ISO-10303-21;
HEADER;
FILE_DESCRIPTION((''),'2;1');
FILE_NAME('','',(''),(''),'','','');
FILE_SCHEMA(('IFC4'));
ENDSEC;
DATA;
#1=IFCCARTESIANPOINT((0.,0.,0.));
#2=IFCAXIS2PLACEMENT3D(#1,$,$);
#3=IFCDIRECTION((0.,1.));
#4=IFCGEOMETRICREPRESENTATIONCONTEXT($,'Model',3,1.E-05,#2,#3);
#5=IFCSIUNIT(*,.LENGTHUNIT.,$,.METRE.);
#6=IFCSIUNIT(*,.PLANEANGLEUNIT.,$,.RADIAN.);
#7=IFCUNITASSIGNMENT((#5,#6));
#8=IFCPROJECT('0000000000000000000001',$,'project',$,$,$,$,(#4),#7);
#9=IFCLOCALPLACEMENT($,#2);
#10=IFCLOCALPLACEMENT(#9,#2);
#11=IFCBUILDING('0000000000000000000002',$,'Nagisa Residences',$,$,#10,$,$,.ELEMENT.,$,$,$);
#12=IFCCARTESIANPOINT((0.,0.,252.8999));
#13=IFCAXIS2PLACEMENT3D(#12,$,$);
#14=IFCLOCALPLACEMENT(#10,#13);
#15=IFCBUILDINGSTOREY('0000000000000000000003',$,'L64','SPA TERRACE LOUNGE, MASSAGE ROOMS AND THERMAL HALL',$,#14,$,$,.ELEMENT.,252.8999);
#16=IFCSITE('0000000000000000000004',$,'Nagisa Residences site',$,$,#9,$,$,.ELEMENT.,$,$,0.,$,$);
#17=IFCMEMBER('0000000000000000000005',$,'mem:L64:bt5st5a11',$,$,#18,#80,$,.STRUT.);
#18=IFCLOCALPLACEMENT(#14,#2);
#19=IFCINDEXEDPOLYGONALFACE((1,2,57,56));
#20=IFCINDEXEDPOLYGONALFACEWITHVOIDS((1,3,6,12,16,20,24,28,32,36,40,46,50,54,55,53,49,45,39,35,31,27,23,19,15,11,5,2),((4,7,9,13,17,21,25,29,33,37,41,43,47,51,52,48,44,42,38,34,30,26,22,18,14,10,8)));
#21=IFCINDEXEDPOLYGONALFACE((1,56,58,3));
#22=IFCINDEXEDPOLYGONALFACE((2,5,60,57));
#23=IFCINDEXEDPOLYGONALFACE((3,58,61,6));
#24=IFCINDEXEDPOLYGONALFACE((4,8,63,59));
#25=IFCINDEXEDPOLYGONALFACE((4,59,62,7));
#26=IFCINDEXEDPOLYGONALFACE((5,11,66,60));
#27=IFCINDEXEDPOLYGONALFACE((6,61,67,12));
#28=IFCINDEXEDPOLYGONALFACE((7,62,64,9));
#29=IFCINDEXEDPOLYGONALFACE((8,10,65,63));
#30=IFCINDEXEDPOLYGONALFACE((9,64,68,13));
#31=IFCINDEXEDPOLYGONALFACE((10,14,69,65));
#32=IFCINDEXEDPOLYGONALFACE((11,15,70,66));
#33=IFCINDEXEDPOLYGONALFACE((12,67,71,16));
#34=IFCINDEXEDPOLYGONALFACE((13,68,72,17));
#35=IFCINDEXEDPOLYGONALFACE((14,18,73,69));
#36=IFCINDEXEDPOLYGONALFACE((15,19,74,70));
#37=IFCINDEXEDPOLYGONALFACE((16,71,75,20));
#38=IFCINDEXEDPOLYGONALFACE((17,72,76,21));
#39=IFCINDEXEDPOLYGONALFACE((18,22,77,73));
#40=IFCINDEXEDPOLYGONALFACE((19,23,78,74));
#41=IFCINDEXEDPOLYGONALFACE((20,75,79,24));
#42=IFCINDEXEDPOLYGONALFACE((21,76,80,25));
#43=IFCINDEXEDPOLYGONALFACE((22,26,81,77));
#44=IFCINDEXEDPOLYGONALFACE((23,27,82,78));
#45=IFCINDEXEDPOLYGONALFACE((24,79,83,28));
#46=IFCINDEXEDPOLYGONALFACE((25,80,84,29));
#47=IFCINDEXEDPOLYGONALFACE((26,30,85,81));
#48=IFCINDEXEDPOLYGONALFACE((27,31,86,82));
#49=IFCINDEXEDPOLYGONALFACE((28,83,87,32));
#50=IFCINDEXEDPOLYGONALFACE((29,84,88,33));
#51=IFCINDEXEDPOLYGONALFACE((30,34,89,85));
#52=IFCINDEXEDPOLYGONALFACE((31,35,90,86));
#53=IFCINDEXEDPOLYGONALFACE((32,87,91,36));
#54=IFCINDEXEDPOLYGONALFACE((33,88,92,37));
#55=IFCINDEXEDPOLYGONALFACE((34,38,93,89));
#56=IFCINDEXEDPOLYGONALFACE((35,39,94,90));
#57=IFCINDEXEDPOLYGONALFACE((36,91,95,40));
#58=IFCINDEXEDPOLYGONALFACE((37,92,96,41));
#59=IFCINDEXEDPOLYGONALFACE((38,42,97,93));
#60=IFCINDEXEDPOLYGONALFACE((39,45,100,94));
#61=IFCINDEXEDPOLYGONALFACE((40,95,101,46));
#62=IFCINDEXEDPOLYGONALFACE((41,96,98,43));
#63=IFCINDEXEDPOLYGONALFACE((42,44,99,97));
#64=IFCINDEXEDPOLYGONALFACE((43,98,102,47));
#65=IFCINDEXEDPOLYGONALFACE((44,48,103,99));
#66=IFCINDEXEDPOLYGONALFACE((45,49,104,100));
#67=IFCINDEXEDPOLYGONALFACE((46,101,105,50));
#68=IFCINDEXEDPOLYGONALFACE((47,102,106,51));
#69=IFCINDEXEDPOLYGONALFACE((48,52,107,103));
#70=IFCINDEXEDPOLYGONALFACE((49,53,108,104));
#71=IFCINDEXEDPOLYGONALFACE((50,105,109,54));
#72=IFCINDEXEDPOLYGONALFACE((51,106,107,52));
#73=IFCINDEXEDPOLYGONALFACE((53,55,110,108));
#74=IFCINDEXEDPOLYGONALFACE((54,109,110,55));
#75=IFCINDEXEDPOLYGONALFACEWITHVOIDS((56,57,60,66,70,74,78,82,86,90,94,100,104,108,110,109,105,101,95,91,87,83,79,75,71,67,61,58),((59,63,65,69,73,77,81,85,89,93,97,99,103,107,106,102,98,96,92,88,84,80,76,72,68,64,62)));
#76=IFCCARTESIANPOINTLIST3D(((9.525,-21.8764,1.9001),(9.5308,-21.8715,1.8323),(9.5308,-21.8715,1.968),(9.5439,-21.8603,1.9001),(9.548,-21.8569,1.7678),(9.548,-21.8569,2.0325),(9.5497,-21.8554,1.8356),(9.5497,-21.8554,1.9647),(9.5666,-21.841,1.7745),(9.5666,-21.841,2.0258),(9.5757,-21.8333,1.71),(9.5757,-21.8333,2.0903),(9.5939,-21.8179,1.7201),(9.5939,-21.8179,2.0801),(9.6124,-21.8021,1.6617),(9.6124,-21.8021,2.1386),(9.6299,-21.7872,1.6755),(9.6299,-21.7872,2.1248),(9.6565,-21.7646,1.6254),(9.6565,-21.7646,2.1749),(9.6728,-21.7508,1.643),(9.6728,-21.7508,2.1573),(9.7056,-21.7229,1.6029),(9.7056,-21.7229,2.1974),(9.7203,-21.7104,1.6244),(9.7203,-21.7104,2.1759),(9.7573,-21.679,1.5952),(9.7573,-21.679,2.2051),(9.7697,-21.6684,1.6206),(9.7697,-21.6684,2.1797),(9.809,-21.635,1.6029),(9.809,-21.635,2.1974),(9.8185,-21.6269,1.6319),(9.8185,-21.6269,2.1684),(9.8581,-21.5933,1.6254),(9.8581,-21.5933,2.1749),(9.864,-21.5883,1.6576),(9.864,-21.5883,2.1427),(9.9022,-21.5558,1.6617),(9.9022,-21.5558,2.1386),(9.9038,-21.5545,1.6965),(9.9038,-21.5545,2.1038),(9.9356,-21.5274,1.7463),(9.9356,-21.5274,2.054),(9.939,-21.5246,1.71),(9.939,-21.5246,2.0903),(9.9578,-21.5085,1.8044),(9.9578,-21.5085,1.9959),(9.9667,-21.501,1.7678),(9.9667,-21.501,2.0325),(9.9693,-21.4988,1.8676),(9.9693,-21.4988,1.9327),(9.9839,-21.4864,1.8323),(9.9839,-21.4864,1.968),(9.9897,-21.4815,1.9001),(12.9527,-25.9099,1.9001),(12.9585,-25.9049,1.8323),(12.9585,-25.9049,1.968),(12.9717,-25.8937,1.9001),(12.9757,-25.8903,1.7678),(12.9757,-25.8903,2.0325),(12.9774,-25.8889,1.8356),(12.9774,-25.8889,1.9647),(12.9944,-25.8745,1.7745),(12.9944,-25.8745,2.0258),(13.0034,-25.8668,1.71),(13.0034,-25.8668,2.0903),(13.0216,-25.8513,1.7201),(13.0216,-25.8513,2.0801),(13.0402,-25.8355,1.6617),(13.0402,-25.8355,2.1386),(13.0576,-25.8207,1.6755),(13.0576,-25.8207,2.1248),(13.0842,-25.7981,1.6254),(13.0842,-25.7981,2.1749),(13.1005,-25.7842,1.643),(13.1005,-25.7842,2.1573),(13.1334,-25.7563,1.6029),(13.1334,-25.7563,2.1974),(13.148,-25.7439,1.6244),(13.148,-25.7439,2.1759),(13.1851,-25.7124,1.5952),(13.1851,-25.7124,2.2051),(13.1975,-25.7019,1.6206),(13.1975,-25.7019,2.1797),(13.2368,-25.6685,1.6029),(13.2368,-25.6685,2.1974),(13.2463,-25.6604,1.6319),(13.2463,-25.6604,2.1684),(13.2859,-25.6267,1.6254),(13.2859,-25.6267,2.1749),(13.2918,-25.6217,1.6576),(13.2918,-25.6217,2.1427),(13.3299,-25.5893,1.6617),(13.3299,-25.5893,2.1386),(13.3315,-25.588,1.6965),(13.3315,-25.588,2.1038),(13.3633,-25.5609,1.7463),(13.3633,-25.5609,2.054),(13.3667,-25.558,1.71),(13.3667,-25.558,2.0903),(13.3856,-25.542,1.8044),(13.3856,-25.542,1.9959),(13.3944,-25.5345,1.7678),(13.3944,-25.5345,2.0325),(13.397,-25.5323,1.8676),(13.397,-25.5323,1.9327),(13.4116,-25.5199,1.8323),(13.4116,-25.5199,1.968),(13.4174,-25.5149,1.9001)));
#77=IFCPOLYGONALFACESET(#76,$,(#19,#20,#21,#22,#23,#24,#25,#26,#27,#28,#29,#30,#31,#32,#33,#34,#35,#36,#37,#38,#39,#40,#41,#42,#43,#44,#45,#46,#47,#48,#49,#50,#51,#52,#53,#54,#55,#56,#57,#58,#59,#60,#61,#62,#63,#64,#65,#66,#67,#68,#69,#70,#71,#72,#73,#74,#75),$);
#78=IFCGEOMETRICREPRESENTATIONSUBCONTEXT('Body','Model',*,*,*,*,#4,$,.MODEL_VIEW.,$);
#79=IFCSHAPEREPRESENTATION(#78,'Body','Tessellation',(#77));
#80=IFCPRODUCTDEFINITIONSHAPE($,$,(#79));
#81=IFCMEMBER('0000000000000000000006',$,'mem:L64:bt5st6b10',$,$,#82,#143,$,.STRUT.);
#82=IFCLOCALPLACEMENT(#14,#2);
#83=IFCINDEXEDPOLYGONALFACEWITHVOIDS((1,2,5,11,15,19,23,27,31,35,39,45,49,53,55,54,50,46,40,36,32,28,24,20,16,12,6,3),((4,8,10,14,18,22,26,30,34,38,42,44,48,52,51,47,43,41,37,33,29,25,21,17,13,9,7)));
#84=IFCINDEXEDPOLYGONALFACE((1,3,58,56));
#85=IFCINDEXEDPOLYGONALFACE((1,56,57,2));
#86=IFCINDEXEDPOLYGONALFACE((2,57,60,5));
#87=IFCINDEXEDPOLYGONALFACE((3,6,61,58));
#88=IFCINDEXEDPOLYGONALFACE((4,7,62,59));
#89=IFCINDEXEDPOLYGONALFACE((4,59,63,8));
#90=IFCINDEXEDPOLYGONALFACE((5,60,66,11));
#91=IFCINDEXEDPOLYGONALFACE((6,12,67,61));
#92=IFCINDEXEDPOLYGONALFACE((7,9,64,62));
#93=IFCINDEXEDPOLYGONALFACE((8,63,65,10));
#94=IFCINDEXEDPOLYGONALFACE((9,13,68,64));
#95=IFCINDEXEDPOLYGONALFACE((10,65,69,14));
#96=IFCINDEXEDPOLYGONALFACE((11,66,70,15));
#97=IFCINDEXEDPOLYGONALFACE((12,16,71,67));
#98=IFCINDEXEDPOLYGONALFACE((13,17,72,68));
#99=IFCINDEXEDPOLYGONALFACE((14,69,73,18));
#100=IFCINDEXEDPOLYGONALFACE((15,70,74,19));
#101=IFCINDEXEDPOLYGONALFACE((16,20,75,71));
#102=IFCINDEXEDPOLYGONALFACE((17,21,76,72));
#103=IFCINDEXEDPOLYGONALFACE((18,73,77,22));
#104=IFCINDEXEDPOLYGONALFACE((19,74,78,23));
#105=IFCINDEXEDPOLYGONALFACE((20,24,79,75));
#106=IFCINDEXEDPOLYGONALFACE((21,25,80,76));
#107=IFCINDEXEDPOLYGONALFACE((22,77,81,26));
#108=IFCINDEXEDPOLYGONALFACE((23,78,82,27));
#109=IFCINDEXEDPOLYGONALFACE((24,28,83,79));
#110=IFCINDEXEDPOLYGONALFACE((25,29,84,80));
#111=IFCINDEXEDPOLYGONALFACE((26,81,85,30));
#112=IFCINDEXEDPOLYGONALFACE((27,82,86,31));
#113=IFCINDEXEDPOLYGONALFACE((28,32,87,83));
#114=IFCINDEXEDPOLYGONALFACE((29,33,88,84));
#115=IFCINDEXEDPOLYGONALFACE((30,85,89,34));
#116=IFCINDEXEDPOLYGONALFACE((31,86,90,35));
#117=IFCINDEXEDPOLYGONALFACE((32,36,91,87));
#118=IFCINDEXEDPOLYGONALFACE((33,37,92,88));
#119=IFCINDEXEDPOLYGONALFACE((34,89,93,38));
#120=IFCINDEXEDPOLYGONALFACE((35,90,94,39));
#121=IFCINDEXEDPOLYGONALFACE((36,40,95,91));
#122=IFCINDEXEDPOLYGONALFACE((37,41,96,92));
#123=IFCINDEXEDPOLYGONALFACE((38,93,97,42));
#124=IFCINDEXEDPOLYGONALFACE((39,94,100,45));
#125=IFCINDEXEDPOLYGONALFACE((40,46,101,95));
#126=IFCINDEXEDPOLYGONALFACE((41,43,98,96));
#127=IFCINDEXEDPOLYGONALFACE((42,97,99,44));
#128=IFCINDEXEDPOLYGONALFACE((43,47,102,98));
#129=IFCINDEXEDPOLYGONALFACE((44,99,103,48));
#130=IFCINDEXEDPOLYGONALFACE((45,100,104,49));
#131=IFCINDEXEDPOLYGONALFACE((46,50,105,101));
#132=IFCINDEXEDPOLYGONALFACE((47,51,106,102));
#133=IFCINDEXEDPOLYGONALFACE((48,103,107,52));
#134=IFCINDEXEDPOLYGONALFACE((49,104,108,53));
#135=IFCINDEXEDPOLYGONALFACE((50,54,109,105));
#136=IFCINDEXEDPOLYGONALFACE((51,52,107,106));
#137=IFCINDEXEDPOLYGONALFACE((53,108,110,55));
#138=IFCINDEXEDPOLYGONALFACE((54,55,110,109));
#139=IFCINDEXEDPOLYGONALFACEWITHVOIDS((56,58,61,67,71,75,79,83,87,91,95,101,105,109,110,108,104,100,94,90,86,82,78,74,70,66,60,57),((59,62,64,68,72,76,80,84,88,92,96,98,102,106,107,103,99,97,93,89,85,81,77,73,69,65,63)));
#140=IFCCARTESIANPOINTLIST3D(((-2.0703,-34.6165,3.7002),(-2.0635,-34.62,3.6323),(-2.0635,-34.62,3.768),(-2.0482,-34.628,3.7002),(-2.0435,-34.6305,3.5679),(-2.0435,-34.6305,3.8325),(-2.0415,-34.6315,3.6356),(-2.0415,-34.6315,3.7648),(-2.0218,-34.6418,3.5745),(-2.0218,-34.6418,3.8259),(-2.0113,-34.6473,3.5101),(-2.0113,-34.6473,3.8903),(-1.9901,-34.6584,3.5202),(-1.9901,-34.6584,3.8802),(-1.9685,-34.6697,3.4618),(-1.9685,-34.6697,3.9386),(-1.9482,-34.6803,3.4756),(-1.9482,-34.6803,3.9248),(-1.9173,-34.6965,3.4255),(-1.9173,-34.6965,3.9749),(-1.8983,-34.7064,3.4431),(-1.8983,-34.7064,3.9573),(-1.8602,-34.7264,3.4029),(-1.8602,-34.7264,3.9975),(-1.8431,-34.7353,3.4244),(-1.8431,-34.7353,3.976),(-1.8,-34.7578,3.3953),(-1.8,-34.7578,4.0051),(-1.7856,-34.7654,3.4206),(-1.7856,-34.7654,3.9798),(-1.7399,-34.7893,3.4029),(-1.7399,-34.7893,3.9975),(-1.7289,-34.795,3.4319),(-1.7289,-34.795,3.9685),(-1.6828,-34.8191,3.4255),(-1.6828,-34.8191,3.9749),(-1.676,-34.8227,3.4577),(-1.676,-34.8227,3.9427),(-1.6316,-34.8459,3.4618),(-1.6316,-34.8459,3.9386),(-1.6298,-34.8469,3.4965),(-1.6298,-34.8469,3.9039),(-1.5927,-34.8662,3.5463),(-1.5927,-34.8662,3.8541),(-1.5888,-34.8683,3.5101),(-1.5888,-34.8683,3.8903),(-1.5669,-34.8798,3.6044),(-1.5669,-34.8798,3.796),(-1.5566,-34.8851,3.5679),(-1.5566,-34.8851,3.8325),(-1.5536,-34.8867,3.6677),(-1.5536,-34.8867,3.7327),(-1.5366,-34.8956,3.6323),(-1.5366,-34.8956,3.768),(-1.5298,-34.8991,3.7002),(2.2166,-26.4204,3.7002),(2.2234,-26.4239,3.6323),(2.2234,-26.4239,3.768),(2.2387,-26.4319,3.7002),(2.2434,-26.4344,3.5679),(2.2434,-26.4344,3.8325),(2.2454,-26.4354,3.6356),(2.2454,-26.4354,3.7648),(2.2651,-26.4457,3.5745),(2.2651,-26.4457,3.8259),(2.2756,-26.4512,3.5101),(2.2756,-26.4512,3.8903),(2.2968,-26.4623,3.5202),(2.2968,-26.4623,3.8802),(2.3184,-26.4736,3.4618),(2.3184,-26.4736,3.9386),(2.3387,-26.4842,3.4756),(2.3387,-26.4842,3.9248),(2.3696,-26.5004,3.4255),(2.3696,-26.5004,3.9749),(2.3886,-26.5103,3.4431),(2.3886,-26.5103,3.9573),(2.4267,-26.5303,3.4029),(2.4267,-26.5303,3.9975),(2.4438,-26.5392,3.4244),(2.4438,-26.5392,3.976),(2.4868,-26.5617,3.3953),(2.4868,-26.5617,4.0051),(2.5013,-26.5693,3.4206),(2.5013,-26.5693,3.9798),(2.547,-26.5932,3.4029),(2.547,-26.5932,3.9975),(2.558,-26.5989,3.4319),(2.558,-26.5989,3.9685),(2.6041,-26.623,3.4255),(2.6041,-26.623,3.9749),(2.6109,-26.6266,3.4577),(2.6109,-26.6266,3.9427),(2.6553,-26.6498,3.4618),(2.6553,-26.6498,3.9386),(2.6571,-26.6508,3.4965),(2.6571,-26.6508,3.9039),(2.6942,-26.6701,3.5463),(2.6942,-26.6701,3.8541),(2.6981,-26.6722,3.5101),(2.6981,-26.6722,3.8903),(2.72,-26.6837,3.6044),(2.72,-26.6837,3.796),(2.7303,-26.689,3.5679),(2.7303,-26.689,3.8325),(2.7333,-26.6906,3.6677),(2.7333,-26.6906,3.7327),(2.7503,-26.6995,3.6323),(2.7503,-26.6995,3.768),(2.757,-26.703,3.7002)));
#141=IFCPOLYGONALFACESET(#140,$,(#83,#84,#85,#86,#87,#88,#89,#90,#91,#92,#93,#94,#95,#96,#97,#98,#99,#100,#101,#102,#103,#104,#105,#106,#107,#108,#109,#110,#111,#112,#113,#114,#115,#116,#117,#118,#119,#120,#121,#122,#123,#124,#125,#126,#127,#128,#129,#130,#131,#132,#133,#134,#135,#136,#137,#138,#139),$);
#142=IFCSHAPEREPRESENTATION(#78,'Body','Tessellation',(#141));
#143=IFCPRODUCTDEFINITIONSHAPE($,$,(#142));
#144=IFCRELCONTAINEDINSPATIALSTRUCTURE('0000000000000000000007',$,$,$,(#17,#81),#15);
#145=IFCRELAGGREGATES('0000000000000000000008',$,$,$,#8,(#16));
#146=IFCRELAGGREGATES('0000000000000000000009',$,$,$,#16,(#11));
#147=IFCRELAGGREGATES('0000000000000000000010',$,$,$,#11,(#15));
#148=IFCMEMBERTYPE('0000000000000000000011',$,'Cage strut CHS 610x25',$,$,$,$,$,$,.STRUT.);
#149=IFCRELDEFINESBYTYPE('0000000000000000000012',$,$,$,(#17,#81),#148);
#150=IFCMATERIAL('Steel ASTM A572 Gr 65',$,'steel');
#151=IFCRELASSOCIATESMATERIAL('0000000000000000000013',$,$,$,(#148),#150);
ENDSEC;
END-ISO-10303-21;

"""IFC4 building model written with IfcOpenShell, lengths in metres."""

from ifc_helpers import new_model, si_unit, direction, frame, origin, origin_2d, place, context, subcontext, project, spatial, hollow_circle, extrude, material, material_profile, profile_set, type_object, element, save


model = new_model("IFC4")

# Units and contexts
model_context = context("Model", 3, precision=1e-05, world=origin(), true_north=direction((0.0, 1.0)))
body_context = subcontext(model_context, "Body", "Model", "MODEL_VIEW")
ifc_project = project(units=[si_unit("LENGTHUNIT", "METRE"), si_unit("PLANEANGLEUNIT", "RADIAN")], contexts=[model_context])

# Site, building, storey
site_placement = place(None, origin())
site = spatial("IfcSite", under=ifc_project, at=site_placement, Name="Nagisa Residences site", CompositionType="ELEMENT", RefElevation=0.0)
building_placement = place(site_placement, origin())
building = spatial("IfcBuilding", under=site, at=building_placement, Name="Nagisa Residences", CompositionType="ELEMENT")
storey_placement = place(building_placement, frame((0.0, 0.0, 252.8999)))
storey = spatial("IfcBuildingStorey", under=building, at=storey_placement, Name="L64", Description="SPA TERRACE LOUNGE, MASSAGE ROOMS AND THERMAL HALL", CompositionType="ELEMENT", Elevation=252.8999)

# Members
ifc_material_1 = material(Name="Steel ASTM A572 Gr 65", Category="steel")
ifc_material_profile_1 = material_profile(ifc_material_1, hollow_circle(Radius=0.3049, WallThickness=0.0249, at=origin_2d()), Name="CHS 610x25")
ifc_profile_set_1 = profile_set([ifc_material_profile_1], Name="Steel ASTM A572 Gr 65")
member_type_1 = type_object("IfcMemberType", Name="Cage strut CHS 610x25", PredefinedType="STRUT", material=ifc_profile_set_1)
member_1_placement = place(storey_placement, frame((13.1851, -25.7124, 1.9001), z_axis=(-0.647572, 0.762004, 0.0), x_axis=(-0.762004, -0.647572, 0.0)))
element("IfcMember", 1, at=member_1_placement, inside=storey, type_object=member_type_1, Name="mem:L64:bt5st5a11", PredefinedType="STRUT", context=body_context, shape_type="SweptSolid", body=[
    extrude(hollow_circle(Radius=0.3049, WallThickness=0.0249, at=origin_2d()), origin(), (0.0, 0.0, 1.0), 5.2932),
])
member_2_placement = place(storey_placement, frame((-1.8, -34.7578, 3.7002), z_axis=(0.463472, 0.886111, 0.0), x_axis=(-0.886111, 0.463472, 0.0)))
element("IfcMember", 2, at=member_2_placement, inside=storey, type_object=member_type_1, Name="mem:L64:bt5st6b10", PredefinedType="STRUT", context=body_context, shape_type="SweptSolid", body=[
    extrude(hollow_circle(Radius=0.3049, WallThickness=0.0249, at=origin_2d()), origin(), (0.0, 0.0, 1.0), 9.2495),
])

save(model, "model.ifc")
